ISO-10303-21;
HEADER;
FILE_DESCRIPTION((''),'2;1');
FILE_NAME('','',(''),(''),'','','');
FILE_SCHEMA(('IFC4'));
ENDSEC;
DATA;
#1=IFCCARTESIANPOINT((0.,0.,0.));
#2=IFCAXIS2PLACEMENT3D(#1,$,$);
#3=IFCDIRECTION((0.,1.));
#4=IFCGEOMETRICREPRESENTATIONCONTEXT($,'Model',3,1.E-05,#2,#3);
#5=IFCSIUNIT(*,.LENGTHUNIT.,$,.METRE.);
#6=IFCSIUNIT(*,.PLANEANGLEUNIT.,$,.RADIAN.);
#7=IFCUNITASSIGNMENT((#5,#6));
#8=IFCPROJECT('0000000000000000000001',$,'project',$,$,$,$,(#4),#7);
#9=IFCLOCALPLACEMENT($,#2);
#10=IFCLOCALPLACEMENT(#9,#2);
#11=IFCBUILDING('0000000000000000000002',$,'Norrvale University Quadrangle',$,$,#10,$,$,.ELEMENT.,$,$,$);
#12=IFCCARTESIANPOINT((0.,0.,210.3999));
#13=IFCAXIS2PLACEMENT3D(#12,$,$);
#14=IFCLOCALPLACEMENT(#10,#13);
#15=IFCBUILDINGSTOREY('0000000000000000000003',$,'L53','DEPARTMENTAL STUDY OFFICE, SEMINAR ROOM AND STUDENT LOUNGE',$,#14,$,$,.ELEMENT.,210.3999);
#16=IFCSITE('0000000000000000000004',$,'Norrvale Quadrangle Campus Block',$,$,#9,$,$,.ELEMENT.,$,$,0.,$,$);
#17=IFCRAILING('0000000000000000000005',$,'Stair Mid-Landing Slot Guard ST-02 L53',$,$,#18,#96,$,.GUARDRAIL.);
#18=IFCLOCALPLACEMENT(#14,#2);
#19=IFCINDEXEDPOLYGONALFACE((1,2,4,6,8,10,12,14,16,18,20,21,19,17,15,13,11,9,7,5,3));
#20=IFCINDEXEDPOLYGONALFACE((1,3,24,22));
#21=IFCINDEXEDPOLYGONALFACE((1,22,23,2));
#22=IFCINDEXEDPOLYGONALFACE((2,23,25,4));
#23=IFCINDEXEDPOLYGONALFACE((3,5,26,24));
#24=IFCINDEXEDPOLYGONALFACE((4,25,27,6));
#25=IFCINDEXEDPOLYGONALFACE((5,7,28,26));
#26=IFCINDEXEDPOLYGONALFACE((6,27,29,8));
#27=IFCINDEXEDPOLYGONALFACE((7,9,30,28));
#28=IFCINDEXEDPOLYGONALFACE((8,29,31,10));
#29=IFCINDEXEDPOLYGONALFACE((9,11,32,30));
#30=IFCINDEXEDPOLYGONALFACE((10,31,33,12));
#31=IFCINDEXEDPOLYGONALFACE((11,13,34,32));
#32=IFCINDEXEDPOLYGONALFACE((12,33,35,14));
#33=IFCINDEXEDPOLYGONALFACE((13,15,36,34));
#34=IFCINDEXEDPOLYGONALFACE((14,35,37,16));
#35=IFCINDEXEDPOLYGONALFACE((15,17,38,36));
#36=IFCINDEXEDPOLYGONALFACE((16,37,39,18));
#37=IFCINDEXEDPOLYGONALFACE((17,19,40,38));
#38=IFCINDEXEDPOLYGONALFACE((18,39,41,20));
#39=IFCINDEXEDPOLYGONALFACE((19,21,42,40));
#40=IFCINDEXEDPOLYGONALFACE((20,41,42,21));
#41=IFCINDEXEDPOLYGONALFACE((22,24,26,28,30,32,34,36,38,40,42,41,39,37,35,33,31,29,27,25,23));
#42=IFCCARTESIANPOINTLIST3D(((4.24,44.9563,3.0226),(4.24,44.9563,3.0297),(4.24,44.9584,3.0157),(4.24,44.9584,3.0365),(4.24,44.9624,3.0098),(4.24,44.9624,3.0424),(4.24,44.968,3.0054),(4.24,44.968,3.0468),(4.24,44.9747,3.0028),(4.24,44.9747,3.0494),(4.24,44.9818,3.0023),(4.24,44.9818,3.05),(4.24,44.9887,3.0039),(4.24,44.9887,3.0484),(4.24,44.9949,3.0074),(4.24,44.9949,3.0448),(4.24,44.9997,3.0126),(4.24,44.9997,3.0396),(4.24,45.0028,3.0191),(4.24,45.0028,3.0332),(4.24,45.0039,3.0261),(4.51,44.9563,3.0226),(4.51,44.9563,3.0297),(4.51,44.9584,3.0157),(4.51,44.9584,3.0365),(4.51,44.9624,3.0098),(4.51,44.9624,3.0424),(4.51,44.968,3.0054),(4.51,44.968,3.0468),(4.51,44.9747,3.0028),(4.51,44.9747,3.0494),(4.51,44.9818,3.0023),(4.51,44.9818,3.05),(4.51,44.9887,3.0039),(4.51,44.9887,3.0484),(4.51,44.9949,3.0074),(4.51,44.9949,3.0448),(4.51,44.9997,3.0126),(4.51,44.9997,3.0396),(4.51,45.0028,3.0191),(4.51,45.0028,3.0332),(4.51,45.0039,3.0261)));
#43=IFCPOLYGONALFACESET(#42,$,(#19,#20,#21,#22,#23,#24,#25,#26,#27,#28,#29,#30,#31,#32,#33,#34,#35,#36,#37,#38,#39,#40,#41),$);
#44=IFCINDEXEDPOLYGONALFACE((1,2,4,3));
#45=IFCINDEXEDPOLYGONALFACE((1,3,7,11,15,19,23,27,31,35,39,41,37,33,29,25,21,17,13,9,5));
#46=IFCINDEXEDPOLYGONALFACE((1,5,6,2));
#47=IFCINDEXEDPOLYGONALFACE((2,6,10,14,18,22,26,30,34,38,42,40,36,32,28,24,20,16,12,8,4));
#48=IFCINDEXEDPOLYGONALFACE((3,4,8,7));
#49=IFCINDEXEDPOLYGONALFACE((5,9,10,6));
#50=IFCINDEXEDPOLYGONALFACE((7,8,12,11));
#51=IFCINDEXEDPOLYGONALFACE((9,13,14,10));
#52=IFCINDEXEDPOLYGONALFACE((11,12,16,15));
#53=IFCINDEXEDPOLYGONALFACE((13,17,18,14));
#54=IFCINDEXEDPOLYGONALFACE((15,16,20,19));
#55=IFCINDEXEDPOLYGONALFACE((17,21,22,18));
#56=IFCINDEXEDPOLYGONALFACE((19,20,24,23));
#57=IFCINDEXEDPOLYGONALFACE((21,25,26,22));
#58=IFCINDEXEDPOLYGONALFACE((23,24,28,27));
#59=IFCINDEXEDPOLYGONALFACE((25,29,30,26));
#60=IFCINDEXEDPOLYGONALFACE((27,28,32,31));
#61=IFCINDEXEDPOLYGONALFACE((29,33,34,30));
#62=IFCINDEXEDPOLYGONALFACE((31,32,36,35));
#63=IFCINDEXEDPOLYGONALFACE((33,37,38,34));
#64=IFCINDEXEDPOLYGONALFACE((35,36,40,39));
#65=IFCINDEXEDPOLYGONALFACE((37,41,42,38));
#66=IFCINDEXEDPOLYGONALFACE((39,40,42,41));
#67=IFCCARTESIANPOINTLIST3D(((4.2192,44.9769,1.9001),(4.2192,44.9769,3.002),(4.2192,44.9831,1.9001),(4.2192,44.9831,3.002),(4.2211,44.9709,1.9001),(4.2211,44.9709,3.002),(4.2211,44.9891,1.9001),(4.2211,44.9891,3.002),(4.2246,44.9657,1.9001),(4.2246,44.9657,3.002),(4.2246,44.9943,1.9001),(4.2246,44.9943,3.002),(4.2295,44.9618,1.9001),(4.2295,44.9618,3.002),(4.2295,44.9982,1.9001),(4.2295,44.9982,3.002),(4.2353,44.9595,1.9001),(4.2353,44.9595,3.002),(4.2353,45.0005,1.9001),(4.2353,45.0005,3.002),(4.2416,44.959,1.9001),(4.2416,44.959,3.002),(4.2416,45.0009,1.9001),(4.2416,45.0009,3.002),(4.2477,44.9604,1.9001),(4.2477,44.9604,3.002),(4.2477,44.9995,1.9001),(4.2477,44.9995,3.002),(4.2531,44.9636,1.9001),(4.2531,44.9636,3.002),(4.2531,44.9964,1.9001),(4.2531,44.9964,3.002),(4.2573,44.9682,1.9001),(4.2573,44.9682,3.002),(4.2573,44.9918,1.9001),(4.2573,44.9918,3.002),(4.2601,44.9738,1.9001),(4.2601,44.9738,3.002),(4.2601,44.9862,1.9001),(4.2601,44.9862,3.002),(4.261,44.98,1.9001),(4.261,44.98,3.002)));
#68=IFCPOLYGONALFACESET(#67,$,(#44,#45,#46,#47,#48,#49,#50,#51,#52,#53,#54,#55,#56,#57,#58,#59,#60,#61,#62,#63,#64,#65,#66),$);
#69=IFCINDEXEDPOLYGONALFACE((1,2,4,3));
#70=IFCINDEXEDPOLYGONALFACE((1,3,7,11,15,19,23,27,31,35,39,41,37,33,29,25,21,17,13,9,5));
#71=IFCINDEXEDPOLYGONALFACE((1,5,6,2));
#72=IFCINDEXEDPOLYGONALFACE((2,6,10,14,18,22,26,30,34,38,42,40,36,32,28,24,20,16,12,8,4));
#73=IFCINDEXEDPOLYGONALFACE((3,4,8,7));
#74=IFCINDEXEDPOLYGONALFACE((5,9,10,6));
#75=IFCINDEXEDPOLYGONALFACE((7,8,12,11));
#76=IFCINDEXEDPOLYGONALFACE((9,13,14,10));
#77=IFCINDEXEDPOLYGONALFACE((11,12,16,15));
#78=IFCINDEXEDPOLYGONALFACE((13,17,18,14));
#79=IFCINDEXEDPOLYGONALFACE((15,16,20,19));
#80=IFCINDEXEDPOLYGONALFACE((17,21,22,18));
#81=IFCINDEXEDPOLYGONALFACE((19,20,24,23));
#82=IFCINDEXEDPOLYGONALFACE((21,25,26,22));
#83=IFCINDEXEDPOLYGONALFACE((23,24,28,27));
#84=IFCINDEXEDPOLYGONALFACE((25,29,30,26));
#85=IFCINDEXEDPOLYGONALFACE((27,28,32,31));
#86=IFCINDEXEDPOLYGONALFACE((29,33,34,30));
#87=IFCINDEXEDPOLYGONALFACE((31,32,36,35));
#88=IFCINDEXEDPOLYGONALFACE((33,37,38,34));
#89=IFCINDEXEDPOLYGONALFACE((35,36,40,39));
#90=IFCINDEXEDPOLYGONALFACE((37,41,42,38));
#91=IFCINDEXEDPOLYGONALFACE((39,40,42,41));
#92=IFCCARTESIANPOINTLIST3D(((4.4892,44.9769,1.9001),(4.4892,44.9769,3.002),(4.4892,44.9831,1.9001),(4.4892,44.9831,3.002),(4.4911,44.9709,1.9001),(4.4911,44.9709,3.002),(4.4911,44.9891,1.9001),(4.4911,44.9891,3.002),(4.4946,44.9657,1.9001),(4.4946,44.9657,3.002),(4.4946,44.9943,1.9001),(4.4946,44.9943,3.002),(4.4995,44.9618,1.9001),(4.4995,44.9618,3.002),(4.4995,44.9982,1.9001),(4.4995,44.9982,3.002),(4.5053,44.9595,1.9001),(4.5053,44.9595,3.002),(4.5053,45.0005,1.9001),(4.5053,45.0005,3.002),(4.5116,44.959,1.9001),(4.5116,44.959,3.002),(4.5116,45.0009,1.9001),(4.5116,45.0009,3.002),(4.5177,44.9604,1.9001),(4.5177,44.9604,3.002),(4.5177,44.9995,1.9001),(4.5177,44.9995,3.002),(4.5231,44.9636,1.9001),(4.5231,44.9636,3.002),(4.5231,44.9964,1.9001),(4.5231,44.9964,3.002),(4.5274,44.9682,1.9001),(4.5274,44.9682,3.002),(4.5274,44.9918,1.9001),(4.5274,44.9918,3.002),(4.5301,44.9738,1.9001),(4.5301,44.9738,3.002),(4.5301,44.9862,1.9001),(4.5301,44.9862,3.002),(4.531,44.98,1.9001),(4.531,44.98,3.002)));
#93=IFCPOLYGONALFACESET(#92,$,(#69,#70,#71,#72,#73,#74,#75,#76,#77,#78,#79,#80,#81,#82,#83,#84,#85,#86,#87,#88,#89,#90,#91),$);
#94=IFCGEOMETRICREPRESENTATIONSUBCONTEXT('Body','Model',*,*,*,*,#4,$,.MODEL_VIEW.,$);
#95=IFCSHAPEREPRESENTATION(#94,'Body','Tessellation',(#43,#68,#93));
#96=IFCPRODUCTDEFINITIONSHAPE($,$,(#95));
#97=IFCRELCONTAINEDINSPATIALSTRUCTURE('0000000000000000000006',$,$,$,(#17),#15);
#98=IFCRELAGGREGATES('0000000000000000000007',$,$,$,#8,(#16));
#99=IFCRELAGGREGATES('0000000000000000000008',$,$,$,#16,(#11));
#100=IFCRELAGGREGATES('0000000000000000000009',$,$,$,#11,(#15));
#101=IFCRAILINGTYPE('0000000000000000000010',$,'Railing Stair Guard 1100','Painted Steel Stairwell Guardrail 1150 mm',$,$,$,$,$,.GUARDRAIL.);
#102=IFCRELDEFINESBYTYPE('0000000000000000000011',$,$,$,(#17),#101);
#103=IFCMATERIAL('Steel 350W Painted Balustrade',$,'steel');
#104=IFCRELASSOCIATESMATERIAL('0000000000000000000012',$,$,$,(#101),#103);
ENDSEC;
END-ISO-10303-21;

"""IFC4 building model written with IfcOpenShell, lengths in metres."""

from ifc_helpers import new_model, si_unit, direction, frame, origin, origin_2d, place, context, subcontext, project, spatial, circle, extrude, material, type_object, element, save


model = new_model("IFC4")

# Units and contexts
model_context = context("Model", 3, precision=1e-05, world=origin(), true_north=direction((0.0, 1.0)))
body_context = subcontext(model_context, "Body", "Model", "MODEL_VIEW")
ifc_project = project(units=[si_unit("LENGTHUNIT", "METRE"), si_unit("PLANEANGLEUNIT", "RADIAN")], contexts=[model_context])

# Site, building, storey
site_placement = place(None, origin())
site = spatial("IfcSite", under=ifc_project, at=site_placement, Name="Norrvale Quadrangle Campus Block", CompositionType="ELEMENT", RefElevation=0.0)
building_placement = place(site_placement, origin())
building = spatial("IfcBuilding", under=site, at=building_placement, Name="Norrvale University Quadrangle", CompositionType="ELEMENT")
storey_placement = place(building_placement, frame((0.0, 0.0, 210.3999)))
storey = spatial("IfcBuildingStorey", under=building, at=storey_placement, Name="L53", Description="DEPARTMENTAL STUDY OFFICE, SEMINAR ROOM AND STUDENT LOUNGE", CompositionType="ELEMENT", Elevation=210.3999)

# Railing
ifc_material_1 = material(Name="Steel 350W Painted Balustrade", Category="steel")
railing_type_1 = type_object("IfcRailingType", Name="Railing Stair Guard 1100", Description="Painted Steel Stairwell Guardrail 1150 mm", PredefinedType="GUARDRAIL", material=ifc_material_1)
railing_1_placement = place(storey_placement, frame((4.24, 44.98, 1.9001)))
element("IfcRailing", 1, at=railing_1_placement, inside=storey, type_object=railing_type_1, Name="Stair Mid-Landing Slot Guard ST-02 L53", PredefinedType="GUARDRAIL", context=body_context, shape_type="SweptSolid", body=[
    extrude(circle(Radius=0.0239, at=origin_2d()), frame((0.0, 0.0, 1.126), z_axis=(1.0, 0.0, 0.0), x_axis=(0.0, 1.0, 0.0)), (0.0, 0.0, 1.0), 0.27),
    extrude(circle(Radius=0.021, at=origin_2d()), origin(), (0.0, 0.0, 1.0), 1.1018),
    extrude(circle(Radius=0.021, at=origin_2d()), frame((0.27, 0.0, 0.0)), (0.0, 0.0, 1.0), 1.1018),
])

save(model, "model.ifc")
